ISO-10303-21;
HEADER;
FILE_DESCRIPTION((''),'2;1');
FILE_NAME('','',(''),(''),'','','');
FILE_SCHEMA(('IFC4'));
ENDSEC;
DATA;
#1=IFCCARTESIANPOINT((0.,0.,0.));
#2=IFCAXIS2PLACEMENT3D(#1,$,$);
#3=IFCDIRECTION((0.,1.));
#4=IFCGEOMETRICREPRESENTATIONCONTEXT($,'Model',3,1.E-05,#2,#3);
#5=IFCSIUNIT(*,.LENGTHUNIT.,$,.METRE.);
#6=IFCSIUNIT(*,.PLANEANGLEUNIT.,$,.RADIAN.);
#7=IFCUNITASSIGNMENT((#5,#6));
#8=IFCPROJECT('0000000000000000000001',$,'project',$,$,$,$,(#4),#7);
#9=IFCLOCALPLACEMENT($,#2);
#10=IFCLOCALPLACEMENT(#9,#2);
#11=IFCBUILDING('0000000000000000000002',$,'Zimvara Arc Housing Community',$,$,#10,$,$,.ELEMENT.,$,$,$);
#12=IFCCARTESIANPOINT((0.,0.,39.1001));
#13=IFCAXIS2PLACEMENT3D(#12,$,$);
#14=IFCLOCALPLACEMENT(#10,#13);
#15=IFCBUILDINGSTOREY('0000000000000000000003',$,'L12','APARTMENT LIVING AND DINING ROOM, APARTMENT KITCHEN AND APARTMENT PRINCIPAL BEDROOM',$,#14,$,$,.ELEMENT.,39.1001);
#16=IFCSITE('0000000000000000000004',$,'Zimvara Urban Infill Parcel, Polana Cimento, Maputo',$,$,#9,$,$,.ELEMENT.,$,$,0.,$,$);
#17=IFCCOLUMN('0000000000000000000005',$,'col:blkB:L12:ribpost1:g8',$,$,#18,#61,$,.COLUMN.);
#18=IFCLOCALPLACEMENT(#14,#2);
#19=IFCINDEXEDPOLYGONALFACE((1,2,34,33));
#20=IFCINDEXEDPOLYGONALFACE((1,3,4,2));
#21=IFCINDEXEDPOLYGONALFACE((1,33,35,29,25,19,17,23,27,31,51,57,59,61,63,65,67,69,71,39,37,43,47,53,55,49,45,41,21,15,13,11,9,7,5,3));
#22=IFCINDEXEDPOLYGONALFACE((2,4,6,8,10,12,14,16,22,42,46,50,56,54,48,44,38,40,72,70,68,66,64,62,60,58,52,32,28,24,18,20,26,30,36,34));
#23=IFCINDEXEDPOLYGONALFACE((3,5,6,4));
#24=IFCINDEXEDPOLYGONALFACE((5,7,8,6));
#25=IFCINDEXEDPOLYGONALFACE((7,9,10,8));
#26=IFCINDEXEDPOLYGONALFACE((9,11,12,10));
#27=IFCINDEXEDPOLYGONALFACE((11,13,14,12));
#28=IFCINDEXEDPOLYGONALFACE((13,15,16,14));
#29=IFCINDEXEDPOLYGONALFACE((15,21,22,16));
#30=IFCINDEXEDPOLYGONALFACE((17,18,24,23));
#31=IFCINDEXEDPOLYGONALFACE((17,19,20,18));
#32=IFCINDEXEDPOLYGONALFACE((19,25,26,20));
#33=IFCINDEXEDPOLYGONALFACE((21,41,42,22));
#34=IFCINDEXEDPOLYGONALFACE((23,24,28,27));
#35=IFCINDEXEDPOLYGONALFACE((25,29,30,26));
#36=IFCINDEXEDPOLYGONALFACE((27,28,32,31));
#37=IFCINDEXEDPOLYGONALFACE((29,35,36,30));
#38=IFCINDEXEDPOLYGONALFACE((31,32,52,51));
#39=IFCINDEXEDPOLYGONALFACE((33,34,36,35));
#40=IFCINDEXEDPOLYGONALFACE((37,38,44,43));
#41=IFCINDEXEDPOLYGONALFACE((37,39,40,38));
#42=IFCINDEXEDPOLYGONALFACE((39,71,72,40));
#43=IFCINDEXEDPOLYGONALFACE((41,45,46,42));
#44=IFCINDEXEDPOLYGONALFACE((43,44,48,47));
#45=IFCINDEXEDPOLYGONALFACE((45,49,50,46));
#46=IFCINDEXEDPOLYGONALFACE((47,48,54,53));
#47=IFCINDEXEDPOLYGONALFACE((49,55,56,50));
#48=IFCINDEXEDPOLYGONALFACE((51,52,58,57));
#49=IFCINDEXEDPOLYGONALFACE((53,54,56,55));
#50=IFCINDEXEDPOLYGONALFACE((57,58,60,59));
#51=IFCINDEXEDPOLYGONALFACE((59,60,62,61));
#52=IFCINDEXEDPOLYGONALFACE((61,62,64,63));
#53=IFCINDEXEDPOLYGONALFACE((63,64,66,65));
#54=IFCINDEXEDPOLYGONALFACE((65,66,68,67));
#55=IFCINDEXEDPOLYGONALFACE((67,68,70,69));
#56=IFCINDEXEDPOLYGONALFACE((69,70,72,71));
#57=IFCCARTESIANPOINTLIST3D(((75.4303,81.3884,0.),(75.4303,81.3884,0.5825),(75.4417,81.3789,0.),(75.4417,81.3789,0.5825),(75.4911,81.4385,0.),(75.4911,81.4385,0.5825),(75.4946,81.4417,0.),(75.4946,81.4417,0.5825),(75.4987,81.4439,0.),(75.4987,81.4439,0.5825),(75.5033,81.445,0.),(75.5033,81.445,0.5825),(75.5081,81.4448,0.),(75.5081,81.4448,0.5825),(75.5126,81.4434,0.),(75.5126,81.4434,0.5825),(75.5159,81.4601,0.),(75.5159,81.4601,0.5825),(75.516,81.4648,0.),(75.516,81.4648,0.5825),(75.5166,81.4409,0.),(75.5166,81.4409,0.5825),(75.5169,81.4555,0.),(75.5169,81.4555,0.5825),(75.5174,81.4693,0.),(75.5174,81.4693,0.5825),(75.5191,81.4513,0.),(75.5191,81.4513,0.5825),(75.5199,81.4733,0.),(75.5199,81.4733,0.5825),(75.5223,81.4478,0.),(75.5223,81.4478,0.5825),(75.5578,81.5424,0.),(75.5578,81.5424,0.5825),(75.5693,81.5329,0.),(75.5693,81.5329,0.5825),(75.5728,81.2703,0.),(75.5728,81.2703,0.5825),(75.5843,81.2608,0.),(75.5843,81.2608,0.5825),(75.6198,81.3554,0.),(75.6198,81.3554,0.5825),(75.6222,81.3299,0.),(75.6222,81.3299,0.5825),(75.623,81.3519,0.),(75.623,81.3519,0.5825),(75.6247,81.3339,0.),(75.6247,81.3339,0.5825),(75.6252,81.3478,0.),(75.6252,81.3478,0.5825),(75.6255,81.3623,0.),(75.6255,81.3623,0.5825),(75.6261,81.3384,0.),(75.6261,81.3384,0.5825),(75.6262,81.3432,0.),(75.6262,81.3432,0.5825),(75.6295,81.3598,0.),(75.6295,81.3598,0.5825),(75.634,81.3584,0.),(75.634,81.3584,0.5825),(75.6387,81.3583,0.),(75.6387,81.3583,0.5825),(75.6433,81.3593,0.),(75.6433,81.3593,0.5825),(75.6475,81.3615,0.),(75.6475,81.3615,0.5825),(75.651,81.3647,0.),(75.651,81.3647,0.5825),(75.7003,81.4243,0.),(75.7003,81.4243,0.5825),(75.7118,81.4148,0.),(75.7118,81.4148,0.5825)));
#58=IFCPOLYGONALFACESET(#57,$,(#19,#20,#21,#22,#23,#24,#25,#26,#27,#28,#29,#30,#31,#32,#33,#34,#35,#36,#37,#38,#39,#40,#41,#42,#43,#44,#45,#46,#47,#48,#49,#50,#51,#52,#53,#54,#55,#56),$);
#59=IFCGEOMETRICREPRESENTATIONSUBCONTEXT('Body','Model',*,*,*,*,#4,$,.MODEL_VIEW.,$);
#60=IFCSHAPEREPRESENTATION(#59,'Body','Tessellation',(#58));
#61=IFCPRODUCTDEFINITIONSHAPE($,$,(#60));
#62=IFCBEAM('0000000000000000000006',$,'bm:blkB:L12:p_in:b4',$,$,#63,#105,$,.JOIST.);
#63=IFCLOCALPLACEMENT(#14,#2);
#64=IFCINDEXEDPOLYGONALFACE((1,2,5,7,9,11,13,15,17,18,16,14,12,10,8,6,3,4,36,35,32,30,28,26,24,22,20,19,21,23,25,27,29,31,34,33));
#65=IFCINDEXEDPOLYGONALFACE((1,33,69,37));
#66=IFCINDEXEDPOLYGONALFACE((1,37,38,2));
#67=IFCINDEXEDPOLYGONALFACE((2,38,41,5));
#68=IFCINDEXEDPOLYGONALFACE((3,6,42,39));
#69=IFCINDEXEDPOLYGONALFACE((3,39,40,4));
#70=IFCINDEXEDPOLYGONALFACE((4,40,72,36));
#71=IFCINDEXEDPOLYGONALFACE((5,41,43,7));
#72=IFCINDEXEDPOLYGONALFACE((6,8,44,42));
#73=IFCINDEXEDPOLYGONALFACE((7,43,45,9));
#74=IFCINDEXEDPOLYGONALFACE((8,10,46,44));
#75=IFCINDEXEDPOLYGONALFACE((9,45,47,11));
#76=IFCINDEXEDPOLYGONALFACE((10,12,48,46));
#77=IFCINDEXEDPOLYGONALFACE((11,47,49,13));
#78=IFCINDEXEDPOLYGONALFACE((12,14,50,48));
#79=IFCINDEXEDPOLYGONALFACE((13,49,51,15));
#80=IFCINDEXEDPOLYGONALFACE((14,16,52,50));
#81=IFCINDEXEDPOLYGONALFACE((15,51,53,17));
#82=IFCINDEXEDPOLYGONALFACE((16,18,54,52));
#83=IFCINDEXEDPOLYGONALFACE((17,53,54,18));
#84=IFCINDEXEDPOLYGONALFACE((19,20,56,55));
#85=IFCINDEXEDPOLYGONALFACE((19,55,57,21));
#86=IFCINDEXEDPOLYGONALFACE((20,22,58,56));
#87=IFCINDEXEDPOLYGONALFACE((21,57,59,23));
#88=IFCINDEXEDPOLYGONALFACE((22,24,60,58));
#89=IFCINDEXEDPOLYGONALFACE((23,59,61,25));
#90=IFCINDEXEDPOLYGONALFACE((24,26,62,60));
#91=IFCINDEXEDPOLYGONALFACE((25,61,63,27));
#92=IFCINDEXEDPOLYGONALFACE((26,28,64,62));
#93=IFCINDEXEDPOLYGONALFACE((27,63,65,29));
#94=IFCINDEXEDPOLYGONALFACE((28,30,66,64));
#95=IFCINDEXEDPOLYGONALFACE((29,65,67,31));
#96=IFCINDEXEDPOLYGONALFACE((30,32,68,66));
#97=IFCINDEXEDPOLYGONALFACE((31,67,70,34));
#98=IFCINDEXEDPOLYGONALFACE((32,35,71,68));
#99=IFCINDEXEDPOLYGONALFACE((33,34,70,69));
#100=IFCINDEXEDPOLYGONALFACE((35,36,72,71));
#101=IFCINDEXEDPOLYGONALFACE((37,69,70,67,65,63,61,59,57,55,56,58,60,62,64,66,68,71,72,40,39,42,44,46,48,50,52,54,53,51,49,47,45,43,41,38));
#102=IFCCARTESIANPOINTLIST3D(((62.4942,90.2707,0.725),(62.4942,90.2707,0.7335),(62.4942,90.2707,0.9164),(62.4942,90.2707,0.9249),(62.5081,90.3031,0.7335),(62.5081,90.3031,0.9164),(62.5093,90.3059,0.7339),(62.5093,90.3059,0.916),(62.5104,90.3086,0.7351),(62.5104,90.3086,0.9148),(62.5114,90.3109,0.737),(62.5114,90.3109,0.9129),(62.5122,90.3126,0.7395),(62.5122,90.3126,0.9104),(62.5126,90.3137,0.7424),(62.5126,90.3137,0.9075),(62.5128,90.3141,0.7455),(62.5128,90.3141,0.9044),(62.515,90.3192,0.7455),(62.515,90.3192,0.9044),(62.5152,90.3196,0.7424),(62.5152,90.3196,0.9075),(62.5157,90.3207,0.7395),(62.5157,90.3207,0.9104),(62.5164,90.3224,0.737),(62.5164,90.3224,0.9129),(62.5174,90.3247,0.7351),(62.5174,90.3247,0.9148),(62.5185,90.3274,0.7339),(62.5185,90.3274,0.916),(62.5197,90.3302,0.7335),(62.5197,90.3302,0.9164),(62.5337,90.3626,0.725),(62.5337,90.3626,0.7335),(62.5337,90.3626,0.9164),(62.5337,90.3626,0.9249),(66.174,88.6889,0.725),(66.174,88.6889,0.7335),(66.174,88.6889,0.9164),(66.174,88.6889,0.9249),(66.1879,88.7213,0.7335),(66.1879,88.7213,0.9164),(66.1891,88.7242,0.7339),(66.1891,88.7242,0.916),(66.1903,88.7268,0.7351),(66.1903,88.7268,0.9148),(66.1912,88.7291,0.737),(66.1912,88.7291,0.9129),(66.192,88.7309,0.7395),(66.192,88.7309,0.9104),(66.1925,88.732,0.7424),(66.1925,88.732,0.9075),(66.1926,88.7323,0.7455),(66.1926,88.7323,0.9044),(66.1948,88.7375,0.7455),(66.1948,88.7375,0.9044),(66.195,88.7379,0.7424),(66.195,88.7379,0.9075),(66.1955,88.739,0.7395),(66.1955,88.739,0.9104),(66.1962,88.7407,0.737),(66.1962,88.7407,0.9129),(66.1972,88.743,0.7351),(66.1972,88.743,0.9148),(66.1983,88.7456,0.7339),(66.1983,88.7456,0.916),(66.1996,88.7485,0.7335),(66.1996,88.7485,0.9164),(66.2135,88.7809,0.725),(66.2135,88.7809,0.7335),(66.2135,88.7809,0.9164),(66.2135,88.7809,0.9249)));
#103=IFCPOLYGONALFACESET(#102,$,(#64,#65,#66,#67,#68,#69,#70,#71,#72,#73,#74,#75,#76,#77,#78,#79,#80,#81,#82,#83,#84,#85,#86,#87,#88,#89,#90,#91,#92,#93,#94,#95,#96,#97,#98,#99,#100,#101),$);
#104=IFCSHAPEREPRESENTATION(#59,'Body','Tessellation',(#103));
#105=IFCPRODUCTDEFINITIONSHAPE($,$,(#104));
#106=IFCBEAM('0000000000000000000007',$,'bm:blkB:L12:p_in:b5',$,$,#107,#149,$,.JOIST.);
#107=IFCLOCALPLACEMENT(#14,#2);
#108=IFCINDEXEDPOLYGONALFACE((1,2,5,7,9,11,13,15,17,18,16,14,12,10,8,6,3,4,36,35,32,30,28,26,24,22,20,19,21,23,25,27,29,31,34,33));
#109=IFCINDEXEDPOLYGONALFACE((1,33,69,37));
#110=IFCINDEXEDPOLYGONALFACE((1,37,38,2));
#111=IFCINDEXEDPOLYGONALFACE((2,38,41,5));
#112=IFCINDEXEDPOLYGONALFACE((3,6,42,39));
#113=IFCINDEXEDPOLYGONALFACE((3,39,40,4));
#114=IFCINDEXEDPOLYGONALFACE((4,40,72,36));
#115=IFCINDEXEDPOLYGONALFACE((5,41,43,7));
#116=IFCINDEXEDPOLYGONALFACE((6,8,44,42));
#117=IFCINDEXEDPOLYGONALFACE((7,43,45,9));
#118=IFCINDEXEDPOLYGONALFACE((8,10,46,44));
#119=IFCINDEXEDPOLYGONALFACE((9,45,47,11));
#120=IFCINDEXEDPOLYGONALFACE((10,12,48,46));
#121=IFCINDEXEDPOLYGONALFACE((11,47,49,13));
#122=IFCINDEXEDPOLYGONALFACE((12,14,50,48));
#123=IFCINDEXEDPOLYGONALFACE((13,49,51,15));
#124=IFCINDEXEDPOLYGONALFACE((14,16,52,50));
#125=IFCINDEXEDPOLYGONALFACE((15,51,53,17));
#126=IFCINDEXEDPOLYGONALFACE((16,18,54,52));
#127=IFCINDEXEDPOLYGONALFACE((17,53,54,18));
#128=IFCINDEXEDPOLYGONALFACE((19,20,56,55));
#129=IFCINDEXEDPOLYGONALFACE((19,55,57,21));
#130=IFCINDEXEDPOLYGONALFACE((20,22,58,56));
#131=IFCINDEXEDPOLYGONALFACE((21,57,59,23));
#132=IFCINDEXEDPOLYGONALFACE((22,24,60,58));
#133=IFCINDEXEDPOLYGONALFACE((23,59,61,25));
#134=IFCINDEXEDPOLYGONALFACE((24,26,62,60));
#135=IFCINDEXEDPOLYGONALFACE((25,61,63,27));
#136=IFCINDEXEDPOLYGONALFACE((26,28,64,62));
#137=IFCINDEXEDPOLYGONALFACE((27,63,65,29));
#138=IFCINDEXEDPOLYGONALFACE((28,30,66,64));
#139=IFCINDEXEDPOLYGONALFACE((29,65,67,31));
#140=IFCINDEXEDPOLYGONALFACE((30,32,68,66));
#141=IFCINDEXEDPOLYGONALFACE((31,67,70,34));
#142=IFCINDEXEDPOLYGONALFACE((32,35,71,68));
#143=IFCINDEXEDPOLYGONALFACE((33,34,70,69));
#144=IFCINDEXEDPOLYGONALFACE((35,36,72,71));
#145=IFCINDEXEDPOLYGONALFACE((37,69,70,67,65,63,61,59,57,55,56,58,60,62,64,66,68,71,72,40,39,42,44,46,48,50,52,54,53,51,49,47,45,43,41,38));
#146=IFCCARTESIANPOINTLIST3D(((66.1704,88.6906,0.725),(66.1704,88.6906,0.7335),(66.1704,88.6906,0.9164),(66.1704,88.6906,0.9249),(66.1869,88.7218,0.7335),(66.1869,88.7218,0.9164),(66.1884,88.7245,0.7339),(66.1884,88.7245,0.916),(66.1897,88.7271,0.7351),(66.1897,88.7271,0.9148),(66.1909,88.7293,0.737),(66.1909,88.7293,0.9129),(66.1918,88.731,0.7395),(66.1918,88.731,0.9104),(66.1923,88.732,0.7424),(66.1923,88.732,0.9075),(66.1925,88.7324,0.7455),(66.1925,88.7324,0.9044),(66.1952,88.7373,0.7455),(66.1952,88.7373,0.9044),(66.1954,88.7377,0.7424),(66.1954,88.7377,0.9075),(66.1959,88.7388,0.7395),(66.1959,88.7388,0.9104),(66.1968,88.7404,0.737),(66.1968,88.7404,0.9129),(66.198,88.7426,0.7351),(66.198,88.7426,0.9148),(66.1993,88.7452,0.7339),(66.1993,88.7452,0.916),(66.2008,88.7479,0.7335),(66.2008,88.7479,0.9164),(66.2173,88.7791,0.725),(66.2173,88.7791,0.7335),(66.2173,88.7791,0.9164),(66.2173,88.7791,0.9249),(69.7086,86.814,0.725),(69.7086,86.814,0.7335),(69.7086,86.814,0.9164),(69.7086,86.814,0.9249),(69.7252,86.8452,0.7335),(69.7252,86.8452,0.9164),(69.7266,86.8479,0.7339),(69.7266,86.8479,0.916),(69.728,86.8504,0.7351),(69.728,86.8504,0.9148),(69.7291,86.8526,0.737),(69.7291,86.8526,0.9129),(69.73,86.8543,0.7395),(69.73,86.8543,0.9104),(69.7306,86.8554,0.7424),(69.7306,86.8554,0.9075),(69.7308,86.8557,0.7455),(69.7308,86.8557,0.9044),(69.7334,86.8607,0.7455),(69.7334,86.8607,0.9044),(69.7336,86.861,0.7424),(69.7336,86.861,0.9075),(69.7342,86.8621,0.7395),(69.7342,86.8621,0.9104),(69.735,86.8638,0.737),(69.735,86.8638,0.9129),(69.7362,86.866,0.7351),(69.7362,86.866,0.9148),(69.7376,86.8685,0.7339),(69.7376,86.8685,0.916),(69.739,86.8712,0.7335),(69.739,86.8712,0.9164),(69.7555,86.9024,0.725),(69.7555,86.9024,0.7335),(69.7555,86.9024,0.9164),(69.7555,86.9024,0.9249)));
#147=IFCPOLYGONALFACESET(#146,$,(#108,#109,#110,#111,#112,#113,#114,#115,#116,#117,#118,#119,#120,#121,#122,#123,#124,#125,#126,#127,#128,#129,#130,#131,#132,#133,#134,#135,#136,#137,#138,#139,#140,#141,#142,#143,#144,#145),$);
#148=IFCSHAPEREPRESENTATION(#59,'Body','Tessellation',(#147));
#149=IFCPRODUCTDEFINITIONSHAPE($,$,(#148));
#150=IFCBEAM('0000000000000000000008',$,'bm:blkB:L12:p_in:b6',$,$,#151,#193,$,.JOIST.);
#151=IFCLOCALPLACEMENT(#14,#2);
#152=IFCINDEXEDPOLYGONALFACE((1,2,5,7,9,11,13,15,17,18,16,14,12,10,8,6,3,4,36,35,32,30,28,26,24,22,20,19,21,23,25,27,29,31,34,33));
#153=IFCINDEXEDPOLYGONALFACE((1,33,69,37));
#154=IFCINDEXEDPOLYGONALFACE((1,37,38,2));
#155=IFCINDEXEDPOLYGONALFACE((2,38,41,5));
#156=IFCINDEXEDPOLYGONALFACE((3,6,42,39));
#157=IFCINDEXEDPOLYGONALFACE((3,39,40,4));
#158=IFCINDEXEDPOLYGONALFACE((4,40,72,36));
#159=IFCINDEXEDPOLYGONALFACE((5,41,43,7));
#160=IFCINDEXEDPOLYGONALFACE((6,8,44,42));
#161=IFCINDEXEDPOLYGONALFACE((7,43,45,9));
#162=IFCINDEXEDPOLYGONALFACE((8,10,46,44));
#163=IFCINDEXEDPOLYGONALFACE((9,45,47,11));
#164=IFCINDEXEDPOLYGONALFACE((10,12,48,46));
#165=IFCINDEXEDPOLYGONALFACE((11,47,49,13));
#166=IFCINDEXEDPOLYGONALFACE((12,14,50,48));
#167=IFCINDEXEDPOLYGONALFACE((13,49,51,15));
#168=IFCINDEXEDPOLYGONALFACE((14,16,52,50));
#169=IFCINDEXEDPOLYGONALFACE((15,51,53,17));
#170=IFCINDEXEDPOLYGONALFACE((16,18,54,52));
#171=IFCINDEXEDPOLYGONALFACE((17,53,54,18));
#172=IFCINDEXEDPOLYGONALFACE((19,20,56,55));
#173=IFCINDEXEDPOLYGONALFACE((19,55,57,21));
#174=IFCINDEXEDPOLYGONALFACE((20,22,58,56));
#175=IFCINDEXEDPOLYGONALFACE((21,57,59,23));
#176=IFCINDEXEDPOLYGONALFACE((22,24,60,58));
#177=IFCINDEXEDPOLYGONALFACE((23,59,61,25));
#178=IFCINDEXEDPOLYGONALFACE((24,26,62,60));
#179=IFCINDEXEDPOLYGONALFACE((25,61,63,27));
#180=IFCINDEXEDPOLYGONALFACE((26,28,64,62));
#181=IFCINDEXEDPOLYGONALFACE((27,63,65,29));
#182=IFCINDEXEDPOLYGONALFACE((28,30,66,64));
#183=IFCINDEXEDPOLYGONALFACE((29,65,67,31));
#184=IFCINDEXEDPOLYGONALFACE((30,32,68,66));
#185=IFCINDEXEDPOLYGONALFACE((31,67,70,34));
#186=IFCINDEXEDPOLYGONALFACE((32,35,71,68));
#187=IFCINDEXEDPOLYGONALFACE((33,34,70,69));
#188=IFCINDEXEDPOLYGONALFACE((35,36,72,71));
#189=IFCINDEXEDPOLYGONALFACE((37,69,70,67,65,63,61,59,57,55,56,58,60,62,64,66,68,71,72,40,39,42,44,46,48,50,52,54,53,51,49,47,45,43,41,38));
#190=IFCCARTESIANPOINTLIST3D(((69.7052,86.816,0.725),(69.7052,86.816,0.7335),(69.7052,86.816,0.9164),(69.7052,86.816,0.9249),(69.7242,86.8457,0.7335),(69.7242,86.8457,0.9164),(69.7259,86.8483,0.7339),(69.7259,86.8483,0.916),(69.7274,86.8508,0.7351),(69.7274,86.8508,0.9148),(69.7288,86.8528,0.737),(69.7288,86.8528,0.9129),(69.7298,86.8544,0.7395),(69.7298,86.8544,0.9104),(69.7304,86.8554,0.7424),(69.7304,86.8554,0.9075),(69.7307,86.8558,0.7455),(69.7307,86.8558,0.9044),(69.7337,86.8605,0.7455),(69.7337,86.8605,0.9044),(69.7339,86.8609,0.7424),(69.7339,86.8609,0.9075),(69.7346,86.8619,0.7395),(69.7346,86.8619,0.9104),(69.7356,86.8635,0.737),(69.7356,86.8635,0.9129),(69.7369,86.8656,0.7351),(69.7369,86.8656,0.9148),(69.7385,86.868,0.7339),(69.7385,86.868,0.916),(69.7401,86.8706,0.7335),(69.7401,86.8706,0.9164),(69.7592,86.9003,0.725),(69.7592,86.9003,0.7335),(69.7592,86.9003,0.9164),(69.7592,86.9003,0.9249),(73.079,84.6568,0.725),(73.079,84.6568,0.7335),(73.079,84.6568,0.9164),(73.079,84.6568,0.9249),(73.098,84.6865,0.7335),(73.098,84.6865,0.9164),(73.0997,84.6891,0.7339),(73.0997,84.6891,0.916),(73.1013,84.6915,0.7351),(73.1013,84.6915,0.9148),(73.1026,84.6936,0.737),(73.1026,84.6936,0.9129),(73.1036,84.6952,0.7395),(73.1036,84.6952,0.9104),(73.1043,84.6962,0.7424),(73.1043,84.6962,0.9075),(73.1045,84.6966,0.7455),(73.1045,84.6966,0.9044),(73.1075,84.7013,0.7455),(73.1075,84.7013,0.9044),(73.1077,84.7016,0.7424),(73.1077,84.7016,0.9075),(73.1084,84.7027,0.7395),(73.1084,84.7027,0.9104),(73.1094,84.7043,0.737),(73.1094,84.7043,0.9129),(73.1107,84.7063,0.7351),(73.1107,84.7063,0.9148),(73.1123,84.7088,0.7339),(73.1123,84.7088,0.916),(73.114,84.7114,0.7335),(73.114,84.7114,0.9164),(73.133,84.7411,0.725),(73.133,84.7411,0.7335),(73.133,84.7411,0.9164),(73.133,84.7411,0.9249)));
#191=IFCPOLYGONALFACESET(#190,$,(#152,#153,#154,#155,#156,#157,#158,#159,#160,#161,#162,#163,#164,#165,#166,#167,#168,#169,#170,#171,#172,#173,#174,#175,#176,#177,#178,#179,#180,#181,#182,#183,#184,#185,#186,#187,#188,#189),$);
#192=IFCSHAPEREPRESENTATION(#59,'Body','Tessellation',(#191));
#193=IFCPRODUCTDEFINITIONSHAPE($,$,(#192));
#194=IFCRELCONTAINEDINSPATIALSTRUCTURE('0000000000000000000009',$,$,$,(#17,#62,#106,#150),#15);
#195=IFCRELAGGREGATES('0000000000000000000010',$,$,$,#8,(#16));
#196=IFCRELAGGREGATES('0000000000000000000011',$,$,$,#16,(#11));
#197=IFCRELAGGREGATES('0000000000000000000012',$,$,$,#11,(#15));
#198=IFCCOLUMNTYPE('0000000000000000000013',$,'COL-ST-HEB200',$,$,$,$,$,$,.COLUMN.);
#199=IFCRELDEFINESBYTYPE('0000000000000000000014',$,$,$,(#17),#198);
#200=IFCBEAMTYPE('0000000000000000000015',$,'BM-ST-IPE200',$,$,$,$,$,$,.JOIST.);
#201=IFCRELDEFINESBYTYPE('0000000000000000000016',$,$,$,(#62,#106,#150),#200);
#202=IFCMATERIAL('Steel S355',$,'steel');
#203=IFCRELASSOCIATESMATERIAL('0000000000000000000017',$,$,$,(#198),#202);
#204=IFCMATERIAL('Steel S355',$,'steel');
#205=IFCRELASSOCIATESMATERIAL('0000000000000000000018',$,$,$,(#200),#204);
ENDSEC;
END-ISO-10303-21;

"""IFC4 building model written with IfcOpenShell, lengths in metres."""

from ifc_helpers import new_model, si_unit, direction, frame, origin, origin_2d, place, context, subcontext, project, spatial, i_section, extrude, material, material_profile, profile_set, type_object, element, save


model = new_model("IFC4")

# Units and contexts
model_context = context("Model", 3, precision=1e-05, world=origin(), true_north=direction((0.0, 1.0)))
body_context = subcontext(model_context, "Body", "Model", "MODEL_VIEW")
ifc_project = project(units=[si_unit("LENGTHUNIT", "METRE"), si_unit("PLANEANGLEUNIT", "RADIAN")], contexts=[model_context])

# Site, building, storey
site_placement = place(None, origin())
site = spatial("IfcSite", under=ifc_project, at=site_placement, Name="Zimvara Urban Infill Parcel, Polana Cimento, Maputo", CompositionType="ELEMENT", RefElevation=0.0)
building_placement = place(site_placement, origin())
building = spatial("IfcBuilding", under=site, at=building_placement, Name="Zimvara Arc Housing Community", CompositionType="ELEMENT")
storey_placement = place(building_placement, frame((0.0, 0.0, 39.1001)))
storey = spatial("IfcBuildingStorey", under=building, at=storey_placement, Name="L12", Description="APARTMENT LIVING AND DINING ROOM, APARTMENT KITCHEN AND APARTMENT PRINCIPAL BEDROOM", CompositionType="ELEMENT", Elevation=39.1001)

# Column
ifc_material_1 = material(Name="Steel S355", Category="steel")
ifc_material_profile_1 = material_profile(ifc_material_1, i_section(OverallWidth=0.2, OverallDepth=0.2, WebThickness=0.009, FlangeThickness=0.0149, FilletRadius=0.0181, at=origin_2d()), Name="HEB 200")
ifc_profile_set_1 = profile_set([ifc_material_profile_1], Name="Steel S355")
column_type = type_object("IfcColumnType", Name="COL-ST-HEB200", PredefinedType="COLUMN", material=ifc_profile_set_1)
for number, where, z_axis, x_axis, name in (
    (1, (75.571, 81.4016, 0.0), (0.0, 0.0, 1.0), (0.637962, 0.770068, 0.0), "col:blkB:L12:ribpost1:g8"),
):
    element("IfcColumn", number, at=place(storey_placement, frame(where, z_axis=z_axis, x_axis=x_axis)), inside=storey, type_object=column_type, Name=name, PredefinedType="COLUMN", context=body_context, shape_type="SweptSolid", body=[
        extrude(i_section(OverallWidth=0.2, OverallDepth=0.2, WebThickness=0.009, FlangeThickness=0.0149, FilletRadius=0.0181, at=origin_2d()), origin(), (0.0, 0.0, 1.0), 0.5825),
    ])

# Beams
ifc_material_2 = material(Name="Steel S355", Category="steel")
ifc_material_profile_2 = material_profile(ifc_material_2, i_section(OverallWidth=0.1001, OverallDepth=0.2, WebThickness=0.0056, FlangeThickness=0.0085, FilletRadius=0.012, at=origin_2d()), Name="IPE 200")
ifc_profile_set_2 = profile_set([ifc_material_profile_2], Name="Steel S355")
beam_type_1 = type_object("IfcBeamType", Name="BM-ST-IPE200", PredefinedType="JOIST", material=ifc_profile_set_2)
beam_1_placement = place(storey_placement, frame((62.5139, 90.3167, 0.825), z_axis=(0.918722, -0.394905, 0.0), x_axis=(0.394905, 0.918722, 0.0)))
element("IfcBeam", 2, at=beam_1_placement, inside=storey, type_object=beam_type_1, Name="bm:blkB:L12:p_in:b4", PredefinedType="JOIST", context=body_context, shape_type="SweptSolid", body=[
    extrude(i_section(OverallWidth=0.1001, OverallDepth=0.2, WebThickness=0.0056, FlangeThickness=0.0085, FilletRadius=0.012, at=origin_2d()), origin(), (0.0, 0.0, 1.0), 4.0054),
])
beam_2_placement = place(storey_placement, frame((66.1938, 88.7349, 0.825), z_axis=(0.883429, -0.468565, 0.0), x_axis=(0.468565, 0.883429, 0.0)))
element("IfcBeam", 3, at=beam_2_placement, inside=storey, type_object=beam_type_1, Name="bm:blkB:L12:p_in:b5", PredefinedType="JOIST", context=body_context, shape_type="SweptSolid", body=[
    extrude(i_section(OverallWidth=0.1001, OverallDepth=0.2, WebThickness=0.0056, FlangeThickness=0.0085, FilletRadius=0.012, at=origin_2d()), origin(), (0.0, 0.0, 1.0), 4.0051),
])
beam_3_placement = place(storey_placement, frame((69.7322, 86.8582, 0.825), z_axis=(0.842276, -0.539047, 0.0), x_axis=(0.539047, 0.842276, 0.0)))
element("IfcBeam", 4, at=beam_3_placement, inside=storey, type_object=beam_type_1, Name="bm:blkB:L12:p_in:b6", PredefinedType="JOIST", context=body_context, shape_type="SweptSolid", body=[
    extrude(i_section(OverallWidth=0.1001, OverallDepth=0.2, WebThickness=0.0056, FlangeThickness=0.0085, FilletRadius=0.012, at=origin_2d()), origin(), (0.0, 0.0, 1.0), 4.0056),
])

save(model, "model.ifc")
